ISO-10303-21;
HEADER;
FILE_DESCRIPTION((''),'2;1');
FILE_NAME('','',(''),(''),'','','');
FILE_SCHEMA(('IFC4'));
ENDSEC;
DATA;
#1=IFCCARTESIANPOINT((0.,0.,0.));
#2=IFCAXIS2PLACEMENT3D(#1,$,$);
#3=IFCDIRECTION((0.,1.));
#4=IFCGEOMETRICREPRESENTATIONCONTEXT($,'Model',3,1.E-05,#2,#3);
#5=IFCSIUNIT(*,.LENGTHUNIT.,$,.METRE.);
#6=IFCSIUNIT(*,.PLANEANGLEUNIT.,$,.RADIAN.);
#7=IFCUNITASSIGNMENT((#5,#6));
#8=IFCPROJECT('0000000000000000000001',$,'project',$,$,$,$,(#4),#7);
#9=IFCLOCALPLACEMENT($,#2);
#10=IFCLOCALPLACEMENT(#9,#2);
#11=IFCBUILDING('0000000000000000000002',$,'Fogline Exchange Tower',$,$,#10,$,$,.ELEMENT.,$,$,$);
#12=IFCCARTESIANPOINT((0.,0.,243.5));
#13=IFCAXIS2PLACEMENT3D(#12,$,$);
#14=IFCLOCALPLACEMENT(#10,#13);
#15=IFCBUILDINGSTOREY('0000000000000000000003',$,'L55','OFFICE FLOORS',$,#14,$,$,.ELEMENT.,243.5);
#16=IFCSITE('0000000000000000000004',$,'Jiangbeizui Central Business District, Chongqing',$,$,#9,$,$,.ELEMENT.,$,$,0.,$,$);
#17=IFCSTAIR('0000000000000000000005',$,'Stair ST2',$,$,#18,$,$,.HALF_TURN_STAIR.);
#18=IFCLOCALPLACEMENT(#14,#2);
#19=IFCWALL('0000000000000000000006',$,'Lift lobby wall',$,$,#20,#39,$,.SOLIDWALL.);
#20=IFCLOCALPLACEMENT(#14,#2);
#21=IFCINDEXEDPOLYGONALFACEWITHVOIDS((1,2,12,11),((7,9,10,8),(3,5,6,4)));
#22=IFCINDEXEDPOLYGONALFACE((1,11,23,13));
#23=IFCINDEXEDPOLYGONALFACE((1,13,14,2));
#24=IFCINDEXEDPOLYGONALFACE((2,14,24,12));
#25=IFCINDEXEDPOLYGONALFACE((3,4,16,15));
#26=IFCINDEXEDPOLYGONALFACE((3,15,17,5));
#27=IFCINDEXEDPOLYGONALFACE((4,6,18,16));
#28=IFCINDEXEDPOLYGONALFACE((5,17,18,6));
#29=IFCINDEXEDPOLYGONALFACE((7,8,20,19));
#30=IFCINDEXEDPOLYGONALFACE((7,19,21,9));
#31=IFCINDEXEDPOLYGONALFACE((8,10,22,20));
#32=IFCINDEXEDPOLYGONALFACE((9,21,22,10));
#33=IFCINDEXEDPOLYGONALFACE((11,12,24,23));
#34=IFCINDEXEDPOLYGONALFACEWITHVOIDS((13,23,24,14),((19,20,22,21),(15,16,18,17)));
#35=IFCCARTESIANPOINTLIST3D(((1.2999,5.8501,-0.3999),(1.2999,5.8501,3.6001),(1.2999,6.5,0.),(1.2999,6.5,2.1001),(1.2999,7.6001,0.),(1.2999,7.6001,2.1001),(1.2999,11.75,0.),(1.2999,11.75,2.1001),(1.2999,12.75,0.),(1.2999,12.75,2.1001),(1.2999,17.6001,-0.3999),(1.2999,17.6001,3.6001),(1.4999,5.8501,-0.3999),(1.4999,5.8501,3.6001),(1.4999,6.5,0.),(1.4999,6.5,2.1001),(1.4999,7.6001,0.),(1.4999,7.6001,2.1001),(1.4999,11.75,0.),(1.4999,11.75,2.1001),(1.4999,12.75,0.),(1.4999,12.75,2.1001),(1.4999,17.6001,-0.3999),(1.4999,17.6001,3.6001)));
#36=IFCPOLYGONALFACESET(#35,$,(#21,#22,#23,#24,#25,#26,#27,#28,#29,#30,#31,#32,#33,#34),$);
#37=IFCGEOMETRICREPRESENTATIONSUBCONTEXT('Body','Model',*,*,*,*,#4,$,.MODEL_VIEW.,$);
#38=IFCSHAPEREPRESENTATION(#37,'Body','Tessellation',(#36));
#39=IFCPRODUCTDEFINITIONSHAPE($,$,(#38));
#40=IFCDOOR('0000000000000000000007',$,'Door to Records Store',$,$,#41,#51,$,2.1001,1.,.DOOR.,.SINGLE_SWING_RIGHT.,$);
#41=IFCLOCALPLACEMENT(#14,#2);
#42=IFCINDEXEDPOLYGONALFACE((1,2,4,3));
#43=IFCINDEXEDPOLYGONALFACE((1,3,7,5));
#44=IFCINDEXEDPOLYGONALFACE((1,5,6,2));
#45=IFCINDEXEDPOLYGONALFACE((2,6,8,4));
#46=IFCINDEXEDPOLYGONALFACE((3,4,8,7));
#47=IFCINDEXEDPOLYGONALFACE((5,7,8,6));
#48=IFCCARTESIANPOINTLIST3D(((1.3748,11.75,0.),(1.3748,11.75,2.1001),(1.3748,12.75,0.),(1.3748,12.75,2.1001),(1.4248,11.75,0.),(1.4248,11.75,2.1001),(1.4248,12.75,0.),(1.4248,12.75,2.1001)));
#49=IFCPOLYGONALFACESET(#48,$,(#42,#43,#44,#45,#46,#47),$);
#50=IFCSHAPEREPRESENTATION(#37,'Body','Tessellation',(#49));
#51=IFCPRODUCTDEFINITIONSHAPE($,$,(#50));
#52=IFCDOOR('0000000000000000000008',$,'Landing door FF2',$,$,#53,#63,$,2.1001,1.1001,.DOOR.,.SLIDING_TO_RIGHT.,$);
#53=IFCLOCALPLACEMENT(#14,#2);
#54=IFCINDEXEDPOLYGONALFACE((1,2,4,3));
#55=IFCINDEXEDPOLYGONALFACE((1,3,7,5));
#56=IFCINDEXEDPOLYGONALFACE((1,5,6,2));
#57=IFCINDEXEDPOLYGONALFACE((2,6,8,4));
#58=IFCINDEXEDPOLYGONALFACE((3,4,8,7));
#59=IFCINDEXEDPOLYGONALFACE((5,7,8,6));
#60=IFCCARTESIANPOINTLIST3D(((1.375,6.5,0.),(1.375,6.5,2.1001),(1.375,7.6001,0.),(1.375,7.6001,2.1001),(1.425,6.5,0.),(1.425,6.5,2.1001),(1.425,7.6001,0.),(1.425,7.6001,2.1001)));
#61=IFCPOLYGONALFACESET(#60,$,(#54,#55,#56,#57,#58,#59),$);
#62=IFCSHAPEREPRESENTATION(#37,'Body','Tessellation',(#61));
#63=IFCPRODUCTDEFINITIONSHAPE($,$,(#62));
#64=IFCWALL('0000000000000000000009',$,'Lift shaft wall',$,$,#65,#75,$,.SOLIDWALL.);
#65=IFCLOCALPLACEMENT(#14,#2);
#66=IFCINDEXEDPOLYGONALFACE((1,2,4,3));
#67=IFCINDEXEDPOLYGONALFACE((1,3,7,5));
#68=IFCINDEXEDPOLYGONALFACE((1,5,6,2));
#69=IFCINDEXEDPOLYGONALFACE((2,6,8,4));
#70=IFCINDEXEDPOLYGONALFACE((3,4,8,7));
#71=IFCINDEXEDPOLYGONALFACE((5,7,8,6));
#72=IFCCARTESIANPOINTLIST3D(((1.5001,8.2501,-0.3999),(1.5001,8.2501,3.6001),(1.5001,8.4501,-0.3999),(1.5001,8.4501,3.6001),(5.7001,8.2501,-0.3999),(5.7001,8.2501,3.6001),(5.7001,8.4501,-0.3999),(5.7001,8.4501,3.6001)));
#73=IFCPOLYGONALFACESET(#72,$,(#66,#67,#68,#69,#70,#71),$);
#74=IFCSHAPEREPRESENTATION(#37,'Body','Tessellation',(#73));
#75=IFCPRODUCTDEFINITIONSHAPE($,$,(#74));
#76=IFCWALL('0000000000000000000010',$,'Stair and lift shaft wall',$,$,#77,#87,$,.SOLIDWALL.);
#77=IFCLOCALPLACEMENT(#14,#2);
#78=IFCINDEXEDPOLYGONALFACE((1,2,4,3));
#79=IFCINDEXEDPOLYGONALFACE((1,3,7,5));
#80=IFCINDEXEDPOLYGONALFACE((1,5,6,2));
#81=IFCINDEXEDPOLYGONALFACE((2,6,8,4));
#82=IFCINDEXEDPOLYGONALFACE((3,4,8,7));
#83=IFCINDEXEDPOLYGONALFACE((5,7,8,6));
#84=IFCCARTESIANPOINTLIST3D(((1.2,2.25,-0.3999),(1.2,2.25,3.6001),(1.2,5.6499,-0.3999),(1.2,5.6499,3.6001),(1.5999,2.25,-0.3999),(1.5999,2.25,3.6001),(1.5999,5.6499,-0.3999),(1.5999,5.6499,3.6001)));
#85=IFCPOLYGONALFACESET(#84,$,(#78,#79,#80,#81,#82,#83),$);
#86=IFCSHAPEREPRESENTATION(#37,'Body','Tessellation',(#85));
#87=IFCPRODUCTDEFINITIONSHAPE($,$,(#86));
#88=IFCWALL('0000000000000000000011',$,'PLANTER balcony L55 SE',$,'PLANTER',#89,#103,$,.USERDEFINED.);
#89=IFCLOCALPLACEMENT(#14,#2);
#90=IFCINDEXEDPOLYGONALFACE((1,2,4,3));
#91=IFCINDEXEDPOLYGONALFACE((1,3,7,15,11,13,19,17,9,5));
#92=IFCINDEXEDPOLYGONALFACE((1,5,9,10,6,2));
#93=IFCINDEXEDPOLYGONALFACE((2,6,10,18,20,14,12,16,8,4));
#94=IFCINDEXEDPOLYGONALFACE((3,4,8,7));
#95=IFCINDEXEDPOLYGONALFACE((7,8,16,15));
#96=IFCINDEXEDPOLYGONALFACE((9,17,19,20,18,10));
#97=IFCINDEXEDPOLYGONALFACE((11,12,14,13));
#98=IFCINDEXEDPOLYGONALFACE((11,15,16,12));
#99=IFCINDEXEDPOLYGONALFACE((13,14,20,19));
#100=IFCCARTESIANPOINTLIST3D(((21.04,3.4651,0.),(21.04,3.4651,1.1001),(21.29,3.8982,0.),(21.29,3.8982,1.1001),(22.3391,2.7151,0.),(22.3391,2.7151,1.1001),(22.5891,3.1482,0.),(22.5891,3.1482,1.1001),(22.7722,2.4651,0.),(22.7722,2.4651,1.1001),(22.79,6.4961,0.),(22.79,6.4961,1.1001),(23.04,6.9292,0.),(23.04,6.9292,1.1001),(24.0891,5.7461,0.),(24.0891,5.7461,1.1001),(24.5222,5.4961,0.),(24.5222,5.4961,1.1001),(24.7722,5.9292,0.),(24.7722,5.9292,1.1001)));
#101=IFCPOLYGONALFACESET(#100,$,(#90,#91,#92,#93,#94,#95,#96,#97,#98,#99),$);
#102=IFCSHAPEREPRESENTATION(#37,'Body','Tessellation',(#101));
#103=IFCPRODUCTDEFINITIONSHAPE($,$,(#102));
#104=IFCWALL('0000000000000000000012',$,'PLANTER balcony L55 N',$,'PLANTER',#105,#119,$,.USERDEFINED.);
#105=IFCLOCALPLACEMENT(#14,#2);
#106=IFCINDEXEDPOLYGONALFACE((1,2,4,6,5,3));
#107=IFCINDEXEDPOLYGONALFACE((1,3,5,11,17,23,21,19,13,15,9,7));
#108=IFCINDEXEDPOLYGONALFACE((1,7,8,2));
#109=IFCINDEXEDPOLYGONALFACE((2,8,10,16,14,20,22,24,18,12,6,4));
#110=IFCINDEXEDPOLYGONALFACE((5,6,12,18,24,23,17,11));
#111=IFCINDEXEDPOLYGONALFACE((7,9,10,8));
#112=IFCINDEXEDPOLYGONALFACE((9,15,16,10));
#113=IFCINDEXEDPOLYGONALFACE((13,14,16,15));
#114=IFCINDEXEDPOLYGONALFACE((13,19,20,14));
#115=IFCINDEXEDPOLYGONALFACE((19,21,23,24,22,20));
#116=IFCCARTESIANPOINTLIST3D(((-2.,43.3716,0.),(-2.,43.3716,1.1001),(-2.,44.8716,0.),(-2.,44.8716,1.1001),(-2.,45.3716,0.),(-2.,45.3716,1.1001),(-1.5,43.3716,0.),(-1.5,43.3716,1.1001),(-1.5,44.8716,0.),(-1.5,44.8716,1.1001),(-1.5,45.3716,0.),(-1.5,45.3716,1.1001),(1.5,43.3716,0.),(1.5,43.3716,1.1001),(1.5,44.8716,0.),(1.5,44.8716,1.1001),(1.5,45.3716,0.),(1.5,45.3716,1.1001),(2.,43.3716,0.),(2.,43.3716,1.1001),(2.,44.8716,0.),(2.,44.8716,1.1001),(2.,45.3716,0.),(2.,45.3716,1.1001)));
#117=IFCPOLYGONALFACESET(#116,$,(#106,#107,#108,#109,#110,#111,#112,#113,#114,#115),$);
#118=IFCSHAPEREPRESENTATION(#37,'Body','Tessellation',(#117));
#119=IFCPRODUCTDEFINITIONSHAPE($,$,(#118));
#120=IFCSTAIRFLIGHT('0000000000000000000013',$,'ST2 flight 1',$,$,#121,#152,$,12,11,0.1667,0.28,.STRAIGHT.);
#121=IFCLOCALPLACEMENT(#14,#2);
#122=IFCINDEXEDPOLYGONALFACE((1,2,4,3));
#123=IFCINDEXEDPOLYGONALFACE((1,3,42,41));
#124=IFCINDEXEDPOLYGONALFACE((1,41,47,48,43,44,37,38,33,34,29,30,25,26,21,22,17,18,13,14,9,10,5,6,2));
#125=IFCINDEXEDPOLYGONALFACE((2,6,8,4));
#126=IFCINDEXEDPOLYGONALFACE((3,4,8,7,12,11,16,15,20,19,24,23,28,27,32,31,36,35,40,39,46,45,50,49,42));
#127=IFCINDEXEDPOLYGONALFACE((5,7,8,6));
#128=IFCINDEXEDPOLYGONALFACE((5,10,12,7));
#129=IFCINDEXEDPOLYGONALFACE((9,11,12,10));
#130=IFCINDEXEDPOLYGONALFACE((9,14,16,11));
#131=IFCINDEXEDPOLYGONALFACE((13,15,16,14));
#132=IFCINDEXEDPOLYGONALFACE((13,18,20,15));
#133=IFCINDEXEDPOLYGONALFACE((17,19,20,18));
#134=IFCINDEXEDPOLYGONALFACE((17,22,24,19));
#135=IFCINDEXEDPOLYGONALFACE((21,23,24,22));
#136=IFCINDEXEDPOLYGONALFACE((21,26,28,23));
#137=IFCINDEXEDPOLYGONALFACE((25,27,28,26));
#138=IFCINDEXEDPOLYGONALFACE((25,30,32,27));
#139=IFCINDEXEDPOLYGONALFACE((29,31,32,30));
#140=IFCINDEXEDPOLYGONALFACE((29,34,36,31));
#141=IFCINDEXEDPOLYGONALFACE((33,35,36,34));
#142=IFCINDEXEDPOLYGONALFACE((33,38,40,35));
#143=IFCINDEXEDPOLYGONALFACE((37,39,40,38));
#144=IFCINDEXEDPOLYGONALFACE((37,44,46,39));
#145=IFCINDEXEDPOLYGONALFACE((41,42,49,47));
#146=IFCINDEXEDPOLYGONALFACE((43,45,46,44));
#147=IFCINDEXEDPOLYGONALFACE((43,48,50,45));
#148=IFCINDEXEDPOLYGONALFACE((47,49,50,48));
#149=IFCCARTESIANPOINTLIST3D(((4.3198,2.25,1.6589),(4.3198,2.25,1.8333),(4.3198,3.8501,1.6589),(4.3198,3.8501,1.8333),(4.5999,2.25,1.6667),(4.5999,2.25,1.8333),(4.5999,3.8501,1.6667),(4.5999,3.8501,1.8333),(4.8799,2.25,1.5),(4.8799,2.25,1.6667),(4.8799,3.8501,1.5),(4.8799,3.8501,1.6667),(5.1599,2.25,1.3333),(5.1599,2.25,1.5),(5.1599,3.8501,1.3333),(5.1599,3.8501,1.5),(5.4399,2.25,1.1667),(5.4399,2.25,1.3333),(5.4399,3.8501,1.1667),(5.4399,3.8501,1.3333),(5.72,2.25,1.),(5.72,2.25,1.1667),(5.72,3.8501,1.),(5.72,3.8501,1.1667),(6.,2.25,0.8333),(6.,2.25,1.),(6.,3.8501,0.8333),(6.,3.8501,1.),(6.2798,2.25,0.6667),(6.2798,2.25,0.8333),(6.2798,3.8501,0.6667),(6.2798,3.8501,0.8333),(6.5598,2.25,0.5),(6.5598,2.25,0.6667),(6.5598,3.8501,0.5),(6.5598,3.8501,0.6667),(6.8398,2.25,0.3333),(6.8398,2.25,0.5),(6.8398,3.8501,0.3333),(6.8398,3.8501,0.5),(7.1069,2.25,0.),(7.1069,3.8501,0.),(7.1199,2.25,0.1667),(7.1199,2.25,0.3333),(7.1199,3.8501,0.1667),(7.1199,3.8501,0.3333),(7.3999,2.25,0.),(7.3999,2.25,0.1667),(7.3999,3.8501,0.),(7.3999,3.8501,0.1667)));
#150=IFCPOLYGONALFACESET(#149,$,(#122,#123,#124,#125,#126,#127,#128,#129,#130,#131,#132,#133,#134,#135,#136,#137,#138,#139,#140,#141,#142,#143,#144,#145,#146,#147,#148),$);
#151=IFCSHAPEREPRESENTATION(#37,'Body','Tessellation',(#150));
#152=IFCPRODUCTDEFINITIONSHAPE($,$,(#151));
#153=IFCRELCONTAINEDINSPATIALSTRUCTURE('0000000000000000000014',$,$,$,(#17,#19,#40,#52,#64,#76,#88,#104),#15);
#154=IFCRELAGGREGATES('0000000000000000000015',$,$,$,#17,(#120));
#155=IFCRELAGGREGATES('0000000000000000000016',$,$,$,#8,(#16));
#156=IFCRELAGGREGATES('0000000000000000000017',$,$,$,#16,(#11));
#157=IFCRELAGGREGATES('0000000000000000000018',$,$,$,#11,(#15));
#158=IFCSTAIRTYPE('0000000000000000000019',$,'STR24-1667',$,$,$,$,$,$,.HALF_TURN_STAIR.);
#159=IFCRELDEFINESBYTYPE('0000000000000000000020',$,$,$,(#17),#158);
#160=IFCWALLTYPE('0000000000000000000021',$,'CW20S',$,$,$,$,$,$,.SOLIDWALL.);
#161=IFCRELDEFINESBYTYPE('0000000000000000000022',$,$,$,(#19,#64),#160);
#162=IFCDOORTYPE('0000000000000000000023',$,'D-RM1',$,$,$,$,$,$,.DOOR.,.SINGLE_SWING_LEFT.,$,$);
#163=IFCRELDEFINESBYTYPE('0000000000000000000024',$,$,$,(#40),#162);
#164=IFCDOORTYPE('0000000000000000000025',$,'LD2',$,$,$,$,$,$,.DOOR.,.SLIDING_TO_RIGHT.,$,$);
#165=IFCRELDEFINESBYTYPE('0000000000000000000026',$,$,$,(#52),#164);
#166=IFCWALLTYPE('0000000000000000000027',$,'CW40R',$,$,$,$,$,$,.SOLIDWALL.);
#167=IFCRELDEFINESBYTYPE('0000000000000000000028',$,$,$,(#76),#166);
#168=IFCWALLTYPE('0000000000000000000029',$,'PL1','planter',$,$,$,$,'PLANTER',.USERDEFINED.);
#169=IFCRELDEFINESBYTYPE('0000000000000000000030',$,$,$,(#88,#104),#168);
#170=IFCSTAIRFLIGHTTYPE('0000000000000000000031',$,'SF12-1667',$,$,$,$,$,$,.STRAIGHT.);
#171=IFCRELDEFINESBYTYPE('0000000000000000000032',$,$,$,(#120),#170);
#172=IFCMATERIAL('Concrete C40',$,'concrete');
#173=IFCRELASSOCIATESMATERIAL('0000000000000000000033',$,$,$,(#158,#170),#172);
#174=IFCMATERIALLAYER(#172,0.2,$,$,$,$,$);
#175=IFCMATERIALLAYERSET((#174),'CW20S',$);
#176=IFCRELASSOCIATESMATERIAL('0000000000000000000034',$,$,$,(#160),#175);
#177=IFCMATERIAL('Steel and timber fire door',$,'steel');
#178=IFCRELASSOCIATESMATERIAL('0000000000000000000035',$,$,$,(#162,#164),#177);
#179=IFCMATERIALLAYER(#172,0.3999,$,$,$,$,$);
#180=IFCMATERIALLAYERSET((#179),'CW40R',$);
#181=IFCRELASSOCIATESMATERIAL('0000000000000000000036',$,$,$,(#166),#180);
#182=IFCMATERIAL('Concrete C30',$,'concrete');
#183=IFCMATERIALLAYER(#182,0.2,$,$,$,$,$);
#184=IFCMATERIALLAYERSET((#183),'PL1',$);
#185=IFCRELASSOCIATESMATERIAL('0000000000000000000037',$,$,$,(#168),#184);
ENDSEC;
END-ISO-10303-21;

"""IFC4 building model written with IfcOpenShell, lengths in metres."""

from ifc_helpers import new_model, si_unit, direction, frame, frame_2d, origin, place, context, subcontext, project, spatial, polyline, rectangle, outline, extrude, material, layer, layer_set, type_object, element, fill, aggregate, save


model = new_model("IFC4")

# Units and contexts
model_context = context("Model", 3, precision=1e-05, world=origin(), true_north=direction((0.0, 1.0)))
body_context = subcontext(model_context, "Body", "Model", "MODEL_VIEW")
ifc_project = project(units=[si_unit("LENGTHUNIT", "METRE"), si_unit("PLANEANGLEUNIT", "RADIAN")], contexts=[model_context])

# Site, building, storey
site_placement = place(None, origin())
site = spatial("IfcSite", under=ifc_project, at=site_placement, Name="Jiangbeizui Central Business District, Chongqing", CompositionType="ELEMENT", RefElevation=0.0)
building_placement = place(site_placement, origin())
building = spatial("IfcBuilding", under=site, at=building_placement, Name="Fogline Exchange Tower", CompositionType="ELEMENT")
storey_placement = place(building_placement, frame((0.0, 0.0, 243.5)))
storey = spatial("IfcBuildingStorey", under=building, at=storey_placement, Name="L55", Description="OFFICE FLOORS", CompositionType="ELEMENT", Elevation=243.5)

# Shared definitions
ifc_material_1 = material(Name="Concrete C40", Category="concrete")

# Stair
stair_type = type_object("IfcStairType", Name="STR24-1667", PredefinedType="HALF_TURN_STAIR", material=ifc_material_1)
stair_1_placement = place(storey_placement, origin())
stair_1 = element("IfcStair", 1, at=stair_1_placement, inside=storey, type_object=stair_type, Name="Stair ST2", PredefinedType="HALF_TURN_STAIR")

# Shared definitions
ifc_material_2 = material(Name="Steel and timber fire door", Category="steel")

# Shared definitions
ifc_layer_1 = layer(ifc_material_1, 0.2)
ifc_layer_set_1 = layer_set([ifc_layer_1], Name="CW20S")
wall_type_1 = type_object("IfcWallType", Name="CW20S", PredefinedType="SOLIDWALL", material=ifc_layer_set_1)

# Wall, openings, doors
wall_1_placement = place(storey_placement, frame((1.3999, 5.8501, -0.3999), z_axis=(0.0, 0.0, 1.0), x_axis=(0.0, 1.0, 0.0)))
wall_1 = element("IfcWall", 2, at=wall_1_placement, inside=storey, type_object=wall_type_1, Name="Lift lobby wall", PredefinedType="SOLIDWALL", context=body_context, shape_type="SweptSolid", body=[
    extrude(rectangle(XDim=11.75, YDim=0.2, at=frame_2d((5.875, 0.0))), origin(), (0.0, 0.0, 1.0), 4.0),
])
opening_1_placement = place(wall_1_placement, frame((0.6499, 0.0, 0.3999)))
opening_1 = element("IfcOpeningElement", 3, at=opening_1_placement, cuts=wall_1, PredefinedType="OPENING", context=body_context, shape_type="SweptSolid", body=[
    extrude(rectangle(XDim=1.1001, YDim=2.1001, at=frame_2d((0.55, 1.05))), frame((0.0, 0.1099, 0.0), z_axis=(0.0, -1.0, 0.0), x_axis=(1.0, 0.0, 0.0)), (0.0, 0.0, 1.0), 0.22),
])
opening_2_placement = place(wall_1_placement, frame((5.8999, 0.0, 0.3999)))
opening_2 = element("IfcOpeningElement", 4, at=opening_2_placement, cuts=wall_1, PredefinedType="OPENING", context=body_context, shape_type="SweptSolid", body=[
    extrude(rectangle(XDim=1.0, YDim=2.1001, at=frame_2d((0.5, 1.05))), frame((0.0, 0.1099, 0.0), z_axis=(0.0, -1.0, 0.0), x_axis=(1.0, 0.0, 0.0)), (0.0, 0.0, 1.0), 0.22),
])
door_type_1 = type_object("IfcDoorType", Name="D-RM1", OperationType="SINGLE_SWING_LEFT", PredefinedType="DOOR", material=ifc_material_2)
door_1_placement = place(opening_2_placement, frame((1.0, 0.0, 0.0), z_axis=(0.0, 0.0, 1.0), x_axis=(-1.0, 0.0, 0.0)))
door_1 = element("IfcDoor", 5, at=door_1_placement, inside=storey, type_object=door_type_1, Name="Door to Records Store", OperationType="SINGLE_SWING_RIGHT", OverallHeight=2.1001, OverallWidth=1.0, PredefinedType="DOOR", context=body_context, shape_type="SweptSolid", body=[
    extrude(rectangle(XDim=1.0, YDim=2.1001, at=frame_2d((0.5, 1.05))), frame((0.0, 0.0249, 0.0), z_axis=(0.0, -1.0, 0.0), x_axis=(1.0, 0.0, 0.0)), (0.0, 0.0, 1.0), 0.05),
])
fill(opening_2, door_1)
door_type_2 = type_object("IfcDoorType", Name="LD2", OperationType="SLIDING_TO_RIGHT", PredefinedType="DOOR", material=ifc_material_2)
door_2_placement = place(opening_1_placement, origin())
door_2 = element("IfcDoor", 6, at=door_2_placement, inside=storey, type_object=door_type_2, Name="Landing door FF2", OperationType="SLIDING_TO_RIGHT", OverallHeight=2.1001, OverallWidth=1.1001, PredefinedType="DOOR", context=body_context, shape_type="SweptSolid", body=[
    extrude(rectangle(XDim=1.1001, YDim=2.1001, at=frame_2d((0.55, 1.05))), frame((0.0, 0.0249, 0.0), z_axis=(0.0, -1.0, 0.0), x_axis=(1.0, 0.0, 0.0)), (0.0, 0.0, 1.0), 0.05),
])
fill(opening_1, door_2)

# Walls
wall_2_placement = place(storey_placement, frame((1.5, 8.3501, -0.3999), z_axis=(0.0, 0.0, 1.0), x_axis=(1.0, 0.0, 0.0)))
element("IfcWall", 7, at=wall_2_placement, inside=storey, type_object=wall_type_1, Name="Lift shaft wall", PredefinedType="SOLIDWALL", context=body_context, shape_type="SweptSolid", body=[
    extrude(rectangle(XDim=4.2, YDim=0.2, at=frame_2d((2.1001, 0.0))), origin(), (0.0, 0.0, 1.0), 4.0),
])
ifc_layer_2 = layer(ifc_material_1, 0.3999)
ifc_layer_set_2 = layer_set([ifc_layer_2], Name="CW40R")
wall_type_2 = type_object("IfcWallType", Name="CW40R", PredefinedType="SOLIDWALL", material=ifc_layer_set_2)
wall_3_placement = place(storey_placement, frame((1.3999, 2.25, -0.3999), z_axis=(0.0, 0.0, 1.0), x_axis=(0.0, 1.0, 0.0)))
element("IfcWall", 8, at=wall_3_placement, inside=storey, type_object=wall_type_2, Name="Stair and lift shaft wall", PredefinedType="SOLIDWALL", context=body_context, shape_type="SweptSolid", body=[
    extrude(rectangle(XDim=3.3999, YDim=0.3999, at=frame_2d((1.7, 0.0))), origin(), (0.0, 0.0, 1.0), 4.0),
])
ifc_material_3 = material(Name="Concrete C30", Category="concrete")
ifc_layer_3 = layer(ifc_material_3, 0.2)
ifc_layer_set_3 = layer_set([ifc_layer_3], Name="PL1")
wall_type_3 = type_object("IfcWallType", Name="PL1", Description="planter", ElementType="PLANTER", PredefinedType="USERDEFINED", material=ifc_layer_set_3)
wall_4_placement = place(storey_placement, origin())
element("IfcWall", 9, at=wall_4_placement, inside=storey, type_object=wall_type_3, Name="PLANTER balcony L55 SE", ObjectType="PLANTER", PredefinedType="USERDEFINED", context=body_context, shape_type="SweptSolid", body=[
    extrude(outline(polyline([(21.04, 3.4651), (22.3391, 2.7151), (22.3391, 2.7151), (22.7722, 2.4651), (24.5222, 5.4961), (24.7722, 5.9292), (23.04, 6.9292), (22.79, 6.4961), (24.0891, 5.7461), (22.5891, 3.1482), (21.29, 3.8982), (21.04, 3.4651)])), origin(), (0.0, 0.0, 1.0), 1.1001),
])
wall_5_placement = place(storey_placement, origin())
element("IfcWall", 10, at=wall_5_placement, inside=storey, type_object=wall_type_3, Name="PLANTER balcony L55 N", ObjectType="PLANTER", PredefinedType="USERDEFINED", context=body_context, shape_type="SweptSolid", body=[
    extrude(outline(polyline([(-1.5, 45.3716), (-2.0, 45.3716), (-2.0, 44.8716), (-2.0, 43.3716), (-1.5, 43.3716), (-1.5, 44.8716), (1.5, 44.8716), (1.5, 43.3716), (2.0, 43.3716), (2.0, 44.8716), (2.0, 45.3716), (1.5, 45.3716), (-1.5, 45.3716)])), origin(), (0.0, 0.0, 1.0), 1.1001),
])

# Stair flight
stair_flight_type = type_object("IfcStairFlightType", Name="SF12-1667", PredefinedType="STRAIGHT", material=ifc_material_1)
stair_flight_1_placement = place(storey_placement, frame((7.3999, 3.05, 0.0), z_axis=(0.0, 0.0, 1.0), x_axis=(-1.0, 0.0, 0.0)))
stair_flight_1 = element("IfcStairFlight", 11, at=stair_flight_1_placement, type_object=stair_flight_type, Name="ST2 flight 1", NumberOfRisers=12, NumberOfTreads=11, PredefinedType="STRAIGHT", RiserHeight=0.1667, TreadLength=0.28, context=body_context, shape_type="SweptSolid", body=[
    extrude(outline(polyline([(0.0, 0.0), (0.0, 0.1667), (0.28, 0.1667), (0.28, 0.3333), (0.5601, 0.3333), (0.5601, 0.5), (0.8401, 0.5), (0.8401, 0.6667), (1.1201, 0.6667), (1.1201, 0.8333), (1.3999, 0.8333), (1.3999, 1.0), (1.6799, 1.0), (1.6799, 1.1667), (1.96, 1.1667), (1.96, 1.3333), (2.24, 1.3333), (2.24, 1.5), (2.52, 1.5), (2.52, 1.6667), (2.8, 1.6667), (2.8, 1.8333), (3.0801, 1.8333), (3.0801, 2.0), (3.0801, 1.6589), (0.293, 0.0), (0.0, 0.0)])), frame((0.0, 0.8, 0.0), z_axis=(0.0, -1.0, 0.0), x_axis=(1.0, 0.0, 0.0)), (0.0, 0.0, 1.0), 1.6001),
])
aggregate(stair_1, [stair_flight_1])

save(model, "model.ifc")
